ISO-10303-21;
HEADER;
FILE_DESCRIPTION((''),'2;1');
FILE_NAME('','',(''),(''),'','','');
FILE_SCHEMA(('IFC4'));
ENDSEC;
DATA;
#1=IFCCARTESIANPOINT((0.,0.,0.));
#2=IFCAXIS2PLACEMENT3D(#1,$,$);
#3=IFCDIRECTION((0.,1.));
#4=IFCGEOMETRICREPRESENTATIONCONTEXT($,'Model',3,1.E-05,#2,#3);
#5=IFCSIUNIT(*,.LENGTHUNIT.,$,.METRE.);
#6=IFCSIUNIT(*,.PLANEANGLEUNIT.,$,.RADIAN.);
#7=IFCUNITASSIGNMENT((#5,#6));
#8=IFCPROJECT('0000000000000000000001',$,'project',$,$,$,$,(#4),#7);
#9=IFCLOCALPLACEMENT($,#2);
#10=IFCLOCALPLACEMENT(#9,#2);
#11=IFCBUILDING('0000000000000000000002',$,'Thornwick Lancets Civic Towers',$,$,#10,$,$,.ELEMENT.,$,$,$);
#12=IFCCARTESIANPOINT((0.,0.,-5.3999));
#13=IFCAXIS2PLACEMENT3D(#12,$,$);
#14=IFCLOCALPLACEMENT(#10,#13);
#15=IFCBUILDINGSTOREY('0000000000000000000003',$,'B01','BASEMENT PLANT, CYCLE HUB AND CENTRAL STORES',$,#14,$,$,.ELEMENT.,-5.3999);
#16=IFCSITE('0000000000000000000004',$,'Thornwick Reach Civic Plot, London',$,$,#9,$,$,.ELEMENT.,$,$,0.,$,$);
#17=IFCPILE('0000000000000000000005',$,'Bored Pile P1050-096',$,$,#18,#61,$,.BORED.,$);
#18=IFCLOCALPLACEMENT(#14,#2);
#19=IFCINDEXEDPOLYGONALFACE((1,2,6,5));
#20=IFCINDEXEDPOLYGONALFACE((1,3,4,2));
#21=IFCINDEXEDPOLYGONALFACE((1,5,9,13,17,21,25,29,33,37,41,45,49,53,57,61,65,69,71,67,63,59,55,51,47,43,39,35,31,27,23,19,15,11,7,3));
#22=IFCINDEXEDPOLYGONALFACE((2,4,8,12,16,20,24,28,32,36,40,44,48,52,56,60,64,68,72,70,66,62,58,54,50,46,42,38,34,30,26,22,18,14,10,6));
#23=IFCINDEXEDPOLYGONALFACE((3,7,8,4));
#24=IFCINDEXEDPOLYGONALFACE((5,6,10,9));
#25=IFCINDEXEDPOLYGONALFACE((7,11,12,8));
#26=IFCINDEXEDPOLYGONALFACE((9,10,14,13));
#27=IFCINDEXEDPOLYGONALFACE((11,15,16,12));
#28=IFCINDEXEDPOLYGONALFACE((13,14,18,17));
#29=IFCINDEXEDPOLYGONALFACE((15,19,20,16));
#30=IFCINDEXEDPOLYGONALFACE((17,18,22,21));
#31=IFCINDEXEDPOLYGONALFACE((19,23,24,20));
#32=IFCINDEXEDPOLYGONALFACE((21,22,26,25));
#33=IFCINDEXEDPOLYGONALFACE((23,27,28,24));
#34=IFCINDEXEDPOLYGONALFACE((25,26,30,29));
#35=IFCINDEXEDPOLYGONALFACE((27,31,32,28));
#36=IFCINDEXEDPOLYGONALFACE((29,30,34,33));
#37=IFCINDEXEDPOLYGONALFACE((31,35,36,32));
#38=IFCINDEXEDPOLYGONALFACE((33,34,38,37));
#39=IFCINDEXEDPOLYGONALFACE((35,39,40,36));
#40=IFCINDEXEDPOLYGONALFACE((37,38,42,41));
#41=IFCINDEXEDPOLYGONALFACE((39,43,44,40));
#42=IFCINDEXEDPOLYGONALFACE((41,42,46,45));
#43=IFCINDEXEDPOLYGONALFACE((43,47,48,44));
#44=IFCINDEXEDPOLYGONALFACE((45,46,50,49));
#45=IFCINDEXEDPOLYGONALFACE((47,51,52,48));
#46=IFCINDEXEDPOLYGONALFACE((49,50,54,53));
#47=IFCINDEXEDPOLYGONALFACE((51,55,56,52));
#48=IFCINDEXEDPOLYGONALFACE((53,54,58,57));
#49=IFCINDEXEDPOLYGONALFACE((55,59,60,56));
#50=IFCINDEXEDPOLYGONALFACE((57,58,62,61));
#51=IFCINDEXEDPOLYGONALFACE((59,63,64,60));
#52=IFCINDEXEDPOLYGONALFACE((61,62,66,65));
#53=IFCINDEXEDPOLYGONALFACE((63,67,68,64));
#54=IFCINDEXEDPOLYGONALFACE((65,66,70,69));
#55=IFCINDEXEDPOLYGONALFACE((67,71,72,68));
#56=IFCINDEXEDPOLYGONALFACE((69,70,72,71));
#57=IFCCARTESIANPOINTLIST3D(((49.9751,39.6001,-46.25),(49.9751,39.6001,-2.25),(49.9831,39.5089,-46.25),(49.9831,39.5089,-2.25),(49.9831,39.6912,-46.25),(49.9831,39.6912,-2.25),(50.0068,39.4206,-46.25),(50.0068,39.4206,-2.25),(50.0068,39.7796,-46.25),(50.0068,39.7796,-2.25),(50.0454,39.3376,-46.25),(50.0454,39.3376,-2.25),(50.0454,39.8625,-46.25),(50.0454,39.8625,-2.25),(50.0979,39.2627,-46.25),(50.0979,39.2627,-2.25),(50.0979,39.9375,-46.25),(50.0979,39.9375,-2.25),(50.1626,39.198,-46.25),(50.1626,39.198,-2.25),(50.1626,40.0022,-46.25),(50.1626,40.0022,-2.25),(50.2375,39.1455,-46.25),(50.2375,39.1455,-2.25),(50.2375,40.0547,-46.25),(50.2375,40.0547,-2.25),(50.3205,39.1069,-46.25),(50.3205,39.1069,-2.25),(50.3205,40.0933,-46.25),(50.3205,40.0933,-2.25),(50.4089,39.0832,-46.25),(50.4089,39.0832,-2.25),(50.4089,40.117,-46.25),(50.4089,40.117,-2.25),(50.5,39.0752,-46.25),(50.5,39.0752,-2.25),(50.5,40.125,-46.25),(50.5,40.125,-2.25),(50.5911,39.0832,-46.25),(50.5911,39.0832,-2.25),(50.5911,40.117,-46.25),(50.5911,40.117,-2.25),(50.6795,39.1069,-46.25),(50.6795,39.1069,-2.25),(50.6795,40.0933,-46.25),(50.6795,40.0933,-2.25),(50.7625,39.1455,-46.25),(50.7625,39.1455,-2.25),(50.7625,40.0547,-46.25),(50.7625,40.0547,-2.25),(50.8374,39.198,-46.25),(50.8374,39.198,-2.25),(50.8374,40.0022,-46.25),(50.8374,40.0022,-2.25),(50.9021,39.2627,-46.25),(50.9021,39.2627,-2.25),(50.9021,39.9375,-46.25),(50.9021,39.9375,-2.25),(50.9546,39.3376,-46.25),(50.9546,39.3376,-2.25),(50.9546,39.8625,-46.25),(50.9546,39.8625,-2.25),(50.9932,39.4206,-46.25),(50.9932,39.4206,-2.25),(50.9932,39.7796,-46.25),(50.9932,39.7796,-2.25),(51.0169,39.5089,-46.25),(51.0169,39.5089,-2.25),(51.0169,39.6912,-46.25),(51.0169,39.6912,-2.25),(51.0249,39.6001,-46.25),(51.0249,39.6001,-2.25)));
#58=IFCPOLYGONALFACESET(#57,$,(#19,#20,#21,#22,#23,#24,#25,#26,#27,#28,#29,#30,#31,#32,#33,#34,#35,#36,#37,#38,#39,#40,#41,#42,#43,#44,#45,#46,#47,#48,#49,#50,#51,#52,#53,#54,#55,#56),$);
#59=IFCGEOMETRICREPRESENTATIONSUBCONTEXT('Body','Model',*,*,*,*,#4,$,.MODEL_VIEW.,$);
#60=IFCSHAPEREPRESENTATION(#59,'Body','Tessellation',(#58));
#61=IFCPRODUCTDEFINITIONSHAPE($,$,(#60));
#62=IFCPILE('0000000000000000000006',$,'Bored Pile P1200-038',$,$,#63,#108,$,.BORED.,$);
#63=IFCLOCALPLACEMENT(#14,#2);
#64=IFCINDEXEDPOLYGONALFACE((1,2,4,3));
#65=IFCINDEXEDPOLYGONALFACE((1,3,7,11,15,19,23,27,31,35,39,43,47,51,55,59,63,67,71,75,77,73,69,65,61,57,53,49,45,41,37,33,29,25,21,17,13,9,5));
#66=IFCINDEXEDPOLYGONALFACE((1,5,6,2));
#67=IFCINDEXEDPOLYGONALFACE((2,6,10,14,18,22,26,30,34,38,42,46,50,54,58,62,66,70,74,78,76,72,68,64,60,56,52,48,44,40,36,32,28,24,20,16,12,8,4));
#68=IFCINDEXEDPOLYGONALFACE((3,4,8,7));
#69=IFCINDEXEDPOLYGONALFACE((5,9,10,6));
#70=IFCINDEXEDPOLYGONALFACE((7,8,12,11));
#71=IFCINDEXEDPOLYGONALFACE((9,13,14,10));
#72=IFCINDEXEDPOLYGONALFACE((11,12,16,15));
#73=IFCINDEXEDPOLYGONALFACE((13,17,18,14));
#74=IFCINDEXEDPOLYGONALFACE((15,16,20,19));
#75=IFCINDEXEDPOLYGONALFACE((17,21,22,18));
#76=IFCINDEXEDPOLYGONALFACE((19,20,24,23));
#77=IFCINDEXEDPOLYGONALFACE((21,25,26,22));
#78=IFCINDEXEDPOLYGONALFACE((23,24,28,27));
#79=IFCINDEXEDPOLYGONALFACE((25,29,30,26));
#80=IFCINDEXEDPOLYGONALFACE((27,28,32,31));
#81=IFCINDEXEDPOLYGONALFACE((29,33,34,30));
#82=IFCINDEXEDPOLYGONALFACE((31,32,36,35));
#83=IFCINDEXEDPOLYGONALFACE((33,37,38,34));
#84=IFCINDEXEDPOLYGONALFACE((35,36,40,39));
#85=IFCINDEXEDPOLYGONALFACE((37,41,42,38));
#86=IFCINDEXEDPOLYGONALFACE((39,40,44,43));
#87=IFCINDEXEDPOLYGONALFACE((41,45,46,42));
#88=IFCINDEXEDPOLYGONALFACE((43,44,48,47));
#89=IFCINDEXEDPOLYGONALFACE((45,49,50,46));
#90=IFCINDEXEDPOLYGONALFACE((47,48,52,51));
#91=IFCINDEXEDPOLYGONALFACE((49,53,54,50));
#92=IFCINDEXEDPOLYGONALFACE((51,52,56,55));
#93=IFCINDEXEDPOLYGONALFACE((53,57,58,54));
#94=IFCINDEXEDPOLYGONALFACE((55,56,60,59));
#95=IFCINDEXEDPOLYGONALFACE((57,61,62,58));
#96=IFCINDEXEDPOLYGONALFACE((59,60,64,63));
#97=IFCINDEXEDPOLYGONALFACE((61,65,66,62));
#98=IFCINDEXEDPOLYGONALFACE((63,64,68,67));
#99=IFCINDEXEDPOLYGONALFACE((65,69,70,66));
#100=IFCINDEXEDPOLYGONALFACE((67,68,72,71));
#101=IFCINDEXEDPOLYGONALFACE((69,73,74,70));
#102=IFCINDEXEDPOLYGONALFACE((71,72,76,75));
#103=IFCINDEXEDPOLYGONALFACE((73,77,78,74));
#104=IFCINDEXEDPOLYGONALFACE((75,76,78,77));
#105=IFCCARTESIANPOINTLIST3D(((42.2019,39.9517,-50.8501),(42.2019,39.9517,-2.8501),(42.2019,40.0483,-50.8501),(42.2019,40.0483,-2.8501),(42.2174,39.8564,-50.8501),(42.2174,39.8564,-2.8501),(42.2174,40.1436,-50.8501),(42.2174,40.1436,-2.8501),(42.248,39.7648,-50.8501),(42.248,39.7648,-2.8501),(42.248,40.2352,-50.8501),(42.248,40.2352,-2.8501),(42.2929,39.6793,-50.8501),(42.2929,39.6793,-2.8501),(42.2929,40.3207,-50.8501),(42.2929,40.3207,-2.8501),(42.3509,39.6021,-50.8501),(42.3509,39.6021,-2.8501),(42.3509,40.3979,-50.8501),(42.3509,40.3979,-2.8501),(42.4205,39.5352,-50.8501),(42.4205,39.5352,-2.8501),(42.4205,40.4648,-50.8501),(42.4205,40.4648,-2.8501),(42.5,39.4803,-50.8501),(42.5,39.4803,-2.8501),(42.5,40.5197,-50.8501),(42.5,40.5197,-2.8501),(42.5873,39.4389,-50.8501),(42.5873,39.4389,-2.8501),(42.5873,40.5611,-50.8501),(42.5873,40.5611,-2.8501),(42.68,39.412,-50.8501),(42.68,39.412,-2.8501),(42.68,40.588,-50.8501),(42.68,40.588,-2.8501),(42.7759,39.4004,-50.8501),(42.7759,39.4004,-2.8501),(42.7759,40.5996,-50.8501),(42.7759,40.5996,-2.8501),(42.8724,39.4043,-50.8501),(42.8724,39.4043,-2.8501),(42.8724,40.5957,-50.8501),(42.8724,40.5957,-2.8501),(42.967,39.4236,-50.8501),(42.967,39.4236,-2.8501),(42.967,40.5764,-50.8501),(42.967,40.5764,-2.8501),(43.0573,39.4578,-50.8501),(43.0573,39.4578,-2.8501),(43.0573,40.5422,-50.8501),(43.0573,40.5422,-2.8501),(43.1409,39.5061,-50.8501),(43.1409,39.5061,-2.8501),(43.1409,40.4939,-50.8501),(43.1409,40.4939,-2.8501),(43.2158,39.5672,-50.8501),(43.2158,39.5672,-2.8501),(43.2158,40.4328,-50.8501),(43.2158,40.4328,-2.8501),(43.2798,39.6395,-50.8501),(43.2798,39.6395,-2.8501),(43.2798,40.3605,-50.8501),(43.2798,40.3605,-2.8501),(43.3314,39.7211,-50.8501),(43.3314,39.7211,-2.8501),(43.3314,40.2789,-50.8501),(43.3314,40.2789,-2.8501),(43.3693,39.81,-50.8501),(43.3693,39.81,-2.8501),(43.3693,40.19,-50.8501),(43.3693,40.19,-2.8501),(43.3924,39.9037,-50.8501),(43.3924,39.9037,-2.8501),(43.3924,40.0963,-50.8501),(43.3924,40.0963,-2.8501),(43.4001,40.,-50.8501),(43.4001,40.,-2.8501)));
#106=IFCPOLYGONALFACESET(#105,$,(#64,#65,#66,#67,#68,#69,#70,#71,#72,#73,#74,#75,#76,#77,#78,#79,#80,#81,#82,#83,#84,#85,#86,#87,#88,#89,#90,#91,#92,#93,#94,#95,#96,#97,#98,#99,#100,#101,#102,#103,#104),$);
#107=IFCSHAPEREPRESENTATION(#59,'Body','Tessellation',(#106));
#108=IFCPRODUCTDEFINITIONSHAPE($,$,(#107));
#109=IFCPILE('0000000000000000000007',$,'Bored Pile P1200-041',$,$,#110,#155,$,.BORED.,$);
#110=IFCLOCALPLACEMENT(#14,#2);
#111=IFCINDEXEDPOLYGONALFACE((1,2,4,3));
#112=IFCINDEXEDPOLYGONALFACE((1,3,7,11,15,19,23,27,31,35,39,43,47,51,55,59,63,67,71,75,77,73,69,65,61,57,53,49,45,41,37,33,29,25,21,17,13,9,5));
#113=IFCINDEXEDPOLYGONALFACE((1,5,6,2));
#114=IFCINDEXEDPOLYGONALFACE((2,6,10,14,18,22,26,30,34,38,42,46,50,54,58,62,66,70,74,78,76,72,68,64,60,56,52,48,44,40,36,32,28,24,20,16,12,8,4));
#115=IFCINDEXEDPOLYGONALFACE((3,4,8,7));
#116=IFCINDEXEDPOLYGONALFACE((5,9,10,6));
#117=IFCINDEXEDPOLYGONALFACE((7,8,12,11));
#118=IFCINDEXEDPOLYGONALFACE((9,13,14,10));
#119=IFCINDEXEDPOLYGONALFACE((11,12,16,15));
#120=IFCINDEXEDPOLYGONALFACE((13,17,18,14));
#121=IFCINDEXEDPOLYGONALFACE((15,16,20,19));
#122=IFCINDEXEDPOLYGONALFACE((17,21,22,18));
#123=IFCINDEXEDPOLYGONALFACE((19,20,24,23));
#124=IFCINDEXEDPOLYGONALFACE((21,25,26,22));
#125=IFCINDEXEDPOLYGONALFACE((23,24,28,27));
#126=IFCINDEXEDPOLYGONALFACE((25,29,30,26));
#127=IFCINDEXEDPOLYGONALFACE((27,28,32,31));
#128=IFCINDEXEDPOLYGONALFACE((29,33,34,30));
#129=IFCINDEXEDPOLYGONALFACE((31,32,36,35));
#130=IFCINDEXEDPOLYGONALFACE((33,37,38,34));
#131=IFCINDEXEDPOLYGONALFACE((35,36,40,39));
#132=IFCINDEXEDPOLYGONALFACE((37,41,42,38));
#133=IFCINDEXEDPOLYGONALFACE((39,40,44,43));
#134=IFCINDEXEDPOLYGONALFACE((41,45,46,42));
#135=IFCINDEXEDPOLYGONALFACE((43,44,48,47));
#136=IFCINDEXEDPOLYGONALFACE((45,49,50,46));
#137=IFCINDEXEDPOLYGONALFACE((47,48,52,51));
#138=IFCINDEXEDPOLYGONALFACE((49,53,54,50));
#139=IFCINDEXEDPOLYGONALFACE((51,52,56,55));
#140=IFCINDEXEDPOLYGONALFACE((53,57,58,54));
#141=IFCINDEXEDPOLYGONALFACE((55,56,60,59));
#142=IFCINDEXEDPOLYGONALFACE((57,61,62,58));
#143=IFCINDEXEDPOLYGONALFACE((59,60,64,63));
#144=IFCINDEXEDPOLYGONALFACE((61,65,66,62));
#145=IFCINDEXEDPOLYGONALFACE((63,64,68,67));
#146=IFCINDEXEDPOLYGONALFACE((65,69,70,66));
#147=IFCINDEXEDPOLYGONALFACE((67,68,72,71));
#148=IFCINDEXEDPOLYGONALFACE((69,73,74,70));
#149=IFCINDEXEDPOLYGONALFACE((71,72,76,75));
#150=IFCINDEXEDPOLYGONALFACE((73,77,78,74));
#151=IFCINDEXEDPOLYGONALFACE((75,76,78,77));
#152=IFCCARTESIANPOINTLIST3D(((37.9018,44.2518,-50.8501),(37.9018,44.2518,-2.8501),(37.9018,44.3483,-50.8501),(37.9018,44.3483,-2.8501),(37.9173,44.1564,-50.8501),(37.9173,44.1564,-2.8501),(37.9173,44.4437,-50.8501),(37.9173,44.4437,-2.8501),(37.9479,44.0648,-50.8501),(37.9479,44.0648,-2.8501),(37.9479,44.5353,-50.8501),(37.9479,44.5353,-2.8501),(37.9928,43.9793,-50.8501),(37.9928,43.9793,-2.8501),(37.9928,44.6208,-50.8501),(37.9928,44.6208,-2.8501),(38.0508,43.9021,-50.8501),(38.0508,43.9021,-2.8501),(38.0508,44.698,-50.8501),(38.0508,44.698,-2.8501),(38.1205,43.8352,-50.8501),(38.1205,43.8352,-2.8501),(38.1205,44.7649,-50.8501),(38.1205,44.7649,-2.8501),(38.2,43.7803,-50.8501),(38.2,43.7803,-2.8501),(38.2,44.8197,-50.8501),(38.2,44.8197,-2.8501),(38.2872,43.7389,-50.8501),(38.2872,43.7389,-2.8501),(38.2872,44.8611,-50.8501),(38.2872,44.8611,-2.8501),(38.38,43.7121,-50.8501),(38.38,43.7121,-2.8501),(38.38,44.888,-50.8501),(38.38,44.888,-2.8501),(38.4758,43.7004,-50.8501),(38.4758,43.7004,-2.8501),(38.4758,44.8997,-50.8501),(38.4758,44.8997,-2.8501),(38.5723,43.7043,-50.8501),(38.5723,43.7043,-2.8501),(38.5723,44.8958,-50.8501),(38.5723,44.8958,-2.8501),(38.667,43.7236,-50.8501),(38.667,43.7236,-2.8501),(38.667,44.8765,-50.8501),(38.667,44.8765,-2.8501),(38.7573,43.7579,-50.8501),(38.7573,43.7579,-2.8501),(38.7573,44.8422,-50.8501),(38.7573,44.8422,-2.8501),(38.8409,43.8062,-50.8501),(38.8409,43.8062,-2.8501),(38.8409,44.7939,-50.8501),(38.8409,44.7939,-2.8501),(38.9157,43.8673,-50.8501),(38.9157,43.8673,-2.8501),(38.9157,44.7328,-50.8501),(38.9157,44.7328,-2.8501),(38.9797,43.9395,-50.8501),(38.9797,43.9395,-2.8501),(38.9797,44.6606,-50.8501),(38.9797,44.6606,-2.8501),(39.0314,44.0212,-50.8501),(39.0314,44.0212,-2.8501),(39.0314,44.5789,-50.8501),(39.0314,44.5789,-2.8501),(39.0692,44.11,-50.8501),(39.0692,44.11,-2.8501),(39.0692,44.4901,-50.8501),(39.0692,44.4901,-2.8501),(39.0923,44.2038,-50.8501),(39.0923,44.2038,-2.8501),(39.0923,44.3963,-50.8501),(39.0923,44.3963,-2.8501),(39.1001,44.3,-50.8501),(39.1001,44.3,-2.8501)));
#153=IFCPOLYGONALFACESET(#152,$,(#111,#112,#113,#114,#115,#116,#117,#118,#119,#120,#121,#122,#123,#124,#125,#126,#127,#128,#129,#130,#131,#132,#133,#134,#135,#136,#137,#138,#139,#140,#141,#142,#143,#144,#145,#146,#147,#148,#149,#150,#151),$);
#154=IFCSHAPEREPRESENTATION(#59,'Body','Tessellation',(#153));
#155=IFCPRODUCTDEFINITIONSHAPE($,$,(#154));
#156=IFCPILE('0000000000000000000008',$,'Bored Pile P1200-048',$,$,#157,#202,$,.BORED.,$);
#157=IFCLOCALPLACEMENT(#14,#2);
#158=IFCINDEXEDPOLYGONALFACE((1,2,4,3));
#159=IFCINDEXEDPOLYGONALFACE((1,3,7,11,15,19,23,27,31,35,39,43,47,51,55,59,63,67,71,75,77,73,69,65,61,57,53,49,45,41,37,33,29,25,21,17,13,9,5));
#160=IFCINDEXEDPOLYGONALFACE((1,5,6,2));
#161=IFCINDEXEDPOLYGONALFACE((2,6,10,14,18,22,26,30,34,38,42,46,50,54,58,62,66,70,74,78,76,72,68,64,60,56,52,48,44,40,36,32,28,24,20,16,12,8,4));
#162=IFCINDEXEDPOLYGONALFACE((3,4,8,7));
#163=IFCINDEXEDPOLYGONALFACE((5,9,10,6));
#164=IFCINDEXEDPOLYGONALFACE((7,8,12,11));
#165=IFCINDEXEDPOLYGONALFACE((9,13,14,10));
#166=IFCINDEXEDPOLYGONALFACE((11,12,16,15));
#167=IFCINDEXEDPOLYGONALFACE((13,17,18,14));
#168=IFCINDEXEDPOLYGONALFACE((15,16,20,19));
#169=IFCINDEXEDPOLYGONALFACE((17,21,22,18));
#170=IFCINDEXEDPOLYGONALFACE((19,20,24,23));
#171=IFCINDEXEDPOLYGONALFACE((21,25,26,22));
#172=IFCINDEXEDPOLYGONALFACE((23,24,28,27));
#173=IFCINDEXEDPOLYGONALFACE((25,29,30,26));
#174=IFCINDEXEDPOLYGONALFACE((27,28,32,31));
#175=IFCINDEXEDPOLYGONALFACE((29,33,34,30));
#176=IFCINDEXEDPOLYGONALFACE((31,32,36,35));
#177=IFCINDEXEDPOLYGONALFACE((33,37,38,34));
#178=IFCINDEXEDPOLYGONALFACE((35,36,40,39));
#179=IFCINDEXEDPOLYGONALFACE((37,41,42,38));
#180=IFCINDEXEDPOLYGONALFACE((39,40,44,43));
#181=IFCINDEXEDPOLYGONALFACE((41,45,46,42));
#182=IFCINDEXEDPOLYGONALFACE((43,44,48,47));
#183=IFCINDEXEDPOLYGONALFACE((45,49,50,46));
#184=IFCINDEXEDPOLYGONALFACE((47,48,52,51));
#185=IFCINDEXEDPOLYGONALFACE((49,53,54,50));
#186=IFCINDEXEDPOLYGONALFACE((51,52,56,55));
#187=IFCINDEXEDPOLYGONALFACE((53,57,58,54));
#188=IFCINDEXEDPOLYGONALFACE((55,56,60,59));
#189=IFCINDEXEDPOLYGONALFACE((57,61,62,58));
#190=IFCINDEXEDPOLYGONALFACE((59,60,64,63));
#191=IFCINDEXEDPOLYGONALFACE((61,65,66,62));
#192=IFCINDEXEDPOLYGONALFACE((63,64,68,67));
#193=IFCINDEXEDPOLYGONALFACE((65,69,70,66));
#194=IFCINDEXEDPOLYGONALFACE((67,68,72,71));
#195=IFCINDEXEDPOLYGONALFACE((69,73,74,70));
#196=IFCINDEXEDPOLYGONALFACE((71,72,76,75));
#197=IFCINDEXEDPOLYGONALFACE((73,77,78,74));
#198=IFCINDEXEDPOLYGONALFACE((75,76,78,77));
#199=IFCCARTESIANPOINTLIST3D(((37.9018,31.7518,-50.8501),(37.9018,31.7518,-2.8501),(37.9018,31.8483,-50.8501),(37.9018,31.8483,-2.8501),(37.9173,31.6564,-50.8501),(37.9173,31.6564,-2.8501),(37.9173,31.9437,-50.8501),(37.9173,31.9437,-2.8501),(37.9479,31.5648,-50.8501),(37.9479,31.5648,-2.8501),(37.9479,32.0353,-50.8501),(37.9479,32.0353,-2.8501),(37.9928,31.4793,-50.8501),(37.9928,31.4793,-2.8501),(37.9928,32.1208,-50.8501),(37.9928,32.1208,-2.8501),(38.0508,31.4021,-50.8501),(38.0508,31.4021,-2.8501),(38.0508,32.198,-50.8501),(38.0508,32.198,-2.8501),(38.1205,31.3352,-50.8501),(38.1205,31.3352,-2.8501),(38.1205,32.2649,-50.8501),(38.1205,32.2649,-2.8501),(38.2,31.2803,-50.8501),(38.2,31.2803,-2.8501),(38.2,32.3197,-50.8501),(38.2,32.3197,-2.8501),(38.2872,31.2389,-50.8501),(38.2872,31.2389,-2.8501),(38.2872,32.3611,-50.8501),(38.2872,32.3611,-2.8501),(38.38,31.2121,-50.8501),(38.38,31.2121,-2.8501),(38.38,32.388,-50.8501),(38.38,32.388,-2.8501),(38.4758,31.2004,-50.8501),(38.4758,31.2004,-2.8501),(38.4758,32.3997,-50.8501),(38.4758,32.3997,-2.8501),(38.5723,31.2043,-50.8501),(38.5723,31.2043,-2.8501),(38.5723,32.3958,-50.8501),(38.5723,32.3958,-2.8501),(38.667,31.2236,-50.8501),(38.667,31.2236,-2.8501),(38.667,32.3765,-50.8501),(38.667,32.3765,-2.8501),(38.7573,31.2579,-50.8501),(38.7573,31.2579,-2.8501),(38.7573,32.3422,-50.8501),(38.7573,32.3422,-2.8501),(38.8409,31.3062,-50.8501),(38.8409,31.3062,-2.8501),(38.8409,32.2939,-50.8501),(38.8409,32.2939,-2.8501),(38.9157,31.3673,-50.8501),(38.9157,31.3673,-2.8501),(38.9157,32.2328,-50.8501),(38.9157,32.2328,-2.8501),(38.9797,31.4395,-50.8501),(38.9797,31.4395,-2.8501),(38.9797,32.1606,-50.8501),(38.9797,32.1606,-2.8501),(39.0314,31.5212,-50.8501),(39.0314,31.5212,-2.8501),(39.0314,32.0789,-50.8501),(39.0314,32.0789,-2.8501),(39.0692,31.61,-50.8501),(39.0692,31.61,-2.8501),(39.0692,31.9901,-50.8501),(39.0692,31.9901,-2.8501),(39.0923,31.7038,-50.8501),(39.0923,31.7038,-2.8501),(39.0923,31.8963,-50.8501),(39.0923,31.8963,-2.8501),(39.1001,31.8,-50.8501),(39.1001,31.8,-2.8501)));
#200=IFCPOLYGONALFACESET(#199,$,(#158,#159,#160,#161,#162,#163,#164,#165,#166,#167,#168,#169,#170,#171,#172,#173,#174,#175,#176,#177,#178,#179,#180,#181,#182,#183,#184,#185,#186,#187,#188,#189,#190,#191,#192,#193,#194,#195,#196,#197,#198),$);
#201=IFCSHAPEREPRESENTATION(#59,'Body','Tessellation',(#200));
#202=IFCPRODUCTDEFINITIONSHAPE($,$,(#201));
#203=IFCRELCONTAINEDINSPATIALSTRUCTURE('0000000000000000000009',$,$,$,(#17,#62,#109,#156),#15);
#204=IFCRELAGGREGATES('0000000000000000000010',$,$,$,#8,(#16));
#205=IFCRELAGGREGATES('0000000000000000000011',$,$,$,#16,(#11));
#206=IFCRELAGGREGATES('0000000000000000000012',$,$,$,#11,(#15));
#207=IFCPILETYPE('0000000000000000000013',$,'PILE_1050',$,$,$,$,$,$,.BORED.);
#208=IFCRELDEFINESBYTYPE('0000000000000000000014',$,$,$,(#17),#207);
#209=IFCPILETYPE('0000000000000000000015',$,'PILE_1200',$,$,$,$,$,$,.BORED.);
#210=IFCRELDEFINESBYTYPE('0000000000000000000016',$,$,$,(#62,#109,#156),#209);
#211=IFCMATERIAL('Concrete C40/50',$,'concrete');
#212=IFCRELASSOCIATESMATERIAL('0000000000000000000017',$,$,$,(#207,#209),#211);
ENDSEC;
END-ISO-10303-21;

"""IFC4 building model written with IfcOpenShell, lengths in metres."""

from ifc_helpers import new_model, si_unit, direction, frame, origin, origin_2d, place, context, subcontext, project, spatial, circle, extrude, material, material_profile, profile_set, type_object, element, save


model = new_model("IFC4")

# Units and contexts
model_context = context("Model", 3, precision=1e-05, world=origin(), true_north=direction((0.0, 1.0)))
body_context = subcontext(model_context, "Body", "Model", "MODEL_VIEW")
ifc_project = project(units=[si_unit("LENGTHUNIT", "METRE"), si_unit("PLANEANGLEUNIT", "RADIAN")], contexts=[model_context])

# Site, building, storey
site_placement = place(None, origin())
site = spatial("IfcSite", under=ifc_project, at=site_placement, Name="Thornwick Reach Civic Plot, London", CompositionType="ELEMENT", RefElevation=0.0)
building_placement = place(site_placement, origin())
building = spatial("IfcBuilding", under=site, at=building_placement, Name="Thornwick Lancets Civic Towers", CompositionType="ELEMENT")
storey_placement = place(building_placement, frame((0.0, 0.0, -5.3999)))
storey = spatial("IfcBuildingStorey", under=building, at=storey_placement, Name="B01", Description="BASEMENT PLANT, CYCLE HUB AND CENTRAL STORES", CompositionType="ELEMENT", Elevation=-5.3999)

# Shared definitions
ifc_material_1 = material(Name="Concrete C40/50", Category="concrete")

# Piles
ifc_material_profile_1 = material_profile(ifc_material_1, circle(Radius=0.5249, at=origin_2d()), Name="PILE D1050")
ifc_profile_set_1 = profile_set([ifc_material_profile_1], Name="Concrete C40/50")
pile_type_1 = type_object("IfcPileType", Name="PILE_1050", PredefinedType="BORED", material=ifc_profile_set_1)
for number, where, z_axis, x_axis, name in (
    (1, (50.5, 39.6001, -2.25), (0.0, 0.0, -1.0), (1.0, 0.0, 0.0), "Bored Pile P1050-096"),
):
    element("IfcPile", number, at=place(storey_placement, frame(where, z_axis=z_axis, x_axis=x_axis)), inside=storey, type_object=pile_type_1, Name=name, PredefinedType="BORED", context=body_context, shape_type="SweptSolid", body=[
        extrude(circle(Radius=0.5249, at=origin_2d()), origin(), (0.0, 0.0, 1.0), 44.0),
    ])
ifc_material_profile_2 = material_profile(ifc_material_1, circle(Radius=0.6001, at=origin_2d()), Name="PILE D1200")
ifc_profile_set_2 = profile_set([ifc_material_profile_2], Name="Concrete C40/50")
pile_type_2 = type_object("IfcPileType", Name="PILE_1200", PredefinedType="BORED", material=ifc_profile_set_2)
for number, where, z_axis, x_axis, name in (
    (2, (42.8, 40.0, -2.8501), (0.0, 0.0, -1.0), (1.0, 0.0, 0.0), "Bored Pile P1200-038"),
    (3, (38.5, 44.3, -2.8501), (0.0, 0.0, -1.0), (1.0, 0.0, 0.0), "Bored Pile P1200-041"),
    (4, (38.5, 31.8, -2.8501), (0.0, 0.0, -1.0), (1.0, 0.0, 0.0), "Bored Pile P1200-048"),
):
    element("IfcPile", number, at=place(storey_placement, frame(where, z_axis=z_axis, x_axis=x_axis)), inside=storey, type_object=pile_type_2, Name=name, PredefinedType="BORED", context=body_context, shape_type="SweptSolid", body=[
        extrude(circle(Radius=0.6001, at=origin_2d()), origin(), (0.0, 0.0, 1.0), 48.0),
    ])

save(model, "model.ifc")
